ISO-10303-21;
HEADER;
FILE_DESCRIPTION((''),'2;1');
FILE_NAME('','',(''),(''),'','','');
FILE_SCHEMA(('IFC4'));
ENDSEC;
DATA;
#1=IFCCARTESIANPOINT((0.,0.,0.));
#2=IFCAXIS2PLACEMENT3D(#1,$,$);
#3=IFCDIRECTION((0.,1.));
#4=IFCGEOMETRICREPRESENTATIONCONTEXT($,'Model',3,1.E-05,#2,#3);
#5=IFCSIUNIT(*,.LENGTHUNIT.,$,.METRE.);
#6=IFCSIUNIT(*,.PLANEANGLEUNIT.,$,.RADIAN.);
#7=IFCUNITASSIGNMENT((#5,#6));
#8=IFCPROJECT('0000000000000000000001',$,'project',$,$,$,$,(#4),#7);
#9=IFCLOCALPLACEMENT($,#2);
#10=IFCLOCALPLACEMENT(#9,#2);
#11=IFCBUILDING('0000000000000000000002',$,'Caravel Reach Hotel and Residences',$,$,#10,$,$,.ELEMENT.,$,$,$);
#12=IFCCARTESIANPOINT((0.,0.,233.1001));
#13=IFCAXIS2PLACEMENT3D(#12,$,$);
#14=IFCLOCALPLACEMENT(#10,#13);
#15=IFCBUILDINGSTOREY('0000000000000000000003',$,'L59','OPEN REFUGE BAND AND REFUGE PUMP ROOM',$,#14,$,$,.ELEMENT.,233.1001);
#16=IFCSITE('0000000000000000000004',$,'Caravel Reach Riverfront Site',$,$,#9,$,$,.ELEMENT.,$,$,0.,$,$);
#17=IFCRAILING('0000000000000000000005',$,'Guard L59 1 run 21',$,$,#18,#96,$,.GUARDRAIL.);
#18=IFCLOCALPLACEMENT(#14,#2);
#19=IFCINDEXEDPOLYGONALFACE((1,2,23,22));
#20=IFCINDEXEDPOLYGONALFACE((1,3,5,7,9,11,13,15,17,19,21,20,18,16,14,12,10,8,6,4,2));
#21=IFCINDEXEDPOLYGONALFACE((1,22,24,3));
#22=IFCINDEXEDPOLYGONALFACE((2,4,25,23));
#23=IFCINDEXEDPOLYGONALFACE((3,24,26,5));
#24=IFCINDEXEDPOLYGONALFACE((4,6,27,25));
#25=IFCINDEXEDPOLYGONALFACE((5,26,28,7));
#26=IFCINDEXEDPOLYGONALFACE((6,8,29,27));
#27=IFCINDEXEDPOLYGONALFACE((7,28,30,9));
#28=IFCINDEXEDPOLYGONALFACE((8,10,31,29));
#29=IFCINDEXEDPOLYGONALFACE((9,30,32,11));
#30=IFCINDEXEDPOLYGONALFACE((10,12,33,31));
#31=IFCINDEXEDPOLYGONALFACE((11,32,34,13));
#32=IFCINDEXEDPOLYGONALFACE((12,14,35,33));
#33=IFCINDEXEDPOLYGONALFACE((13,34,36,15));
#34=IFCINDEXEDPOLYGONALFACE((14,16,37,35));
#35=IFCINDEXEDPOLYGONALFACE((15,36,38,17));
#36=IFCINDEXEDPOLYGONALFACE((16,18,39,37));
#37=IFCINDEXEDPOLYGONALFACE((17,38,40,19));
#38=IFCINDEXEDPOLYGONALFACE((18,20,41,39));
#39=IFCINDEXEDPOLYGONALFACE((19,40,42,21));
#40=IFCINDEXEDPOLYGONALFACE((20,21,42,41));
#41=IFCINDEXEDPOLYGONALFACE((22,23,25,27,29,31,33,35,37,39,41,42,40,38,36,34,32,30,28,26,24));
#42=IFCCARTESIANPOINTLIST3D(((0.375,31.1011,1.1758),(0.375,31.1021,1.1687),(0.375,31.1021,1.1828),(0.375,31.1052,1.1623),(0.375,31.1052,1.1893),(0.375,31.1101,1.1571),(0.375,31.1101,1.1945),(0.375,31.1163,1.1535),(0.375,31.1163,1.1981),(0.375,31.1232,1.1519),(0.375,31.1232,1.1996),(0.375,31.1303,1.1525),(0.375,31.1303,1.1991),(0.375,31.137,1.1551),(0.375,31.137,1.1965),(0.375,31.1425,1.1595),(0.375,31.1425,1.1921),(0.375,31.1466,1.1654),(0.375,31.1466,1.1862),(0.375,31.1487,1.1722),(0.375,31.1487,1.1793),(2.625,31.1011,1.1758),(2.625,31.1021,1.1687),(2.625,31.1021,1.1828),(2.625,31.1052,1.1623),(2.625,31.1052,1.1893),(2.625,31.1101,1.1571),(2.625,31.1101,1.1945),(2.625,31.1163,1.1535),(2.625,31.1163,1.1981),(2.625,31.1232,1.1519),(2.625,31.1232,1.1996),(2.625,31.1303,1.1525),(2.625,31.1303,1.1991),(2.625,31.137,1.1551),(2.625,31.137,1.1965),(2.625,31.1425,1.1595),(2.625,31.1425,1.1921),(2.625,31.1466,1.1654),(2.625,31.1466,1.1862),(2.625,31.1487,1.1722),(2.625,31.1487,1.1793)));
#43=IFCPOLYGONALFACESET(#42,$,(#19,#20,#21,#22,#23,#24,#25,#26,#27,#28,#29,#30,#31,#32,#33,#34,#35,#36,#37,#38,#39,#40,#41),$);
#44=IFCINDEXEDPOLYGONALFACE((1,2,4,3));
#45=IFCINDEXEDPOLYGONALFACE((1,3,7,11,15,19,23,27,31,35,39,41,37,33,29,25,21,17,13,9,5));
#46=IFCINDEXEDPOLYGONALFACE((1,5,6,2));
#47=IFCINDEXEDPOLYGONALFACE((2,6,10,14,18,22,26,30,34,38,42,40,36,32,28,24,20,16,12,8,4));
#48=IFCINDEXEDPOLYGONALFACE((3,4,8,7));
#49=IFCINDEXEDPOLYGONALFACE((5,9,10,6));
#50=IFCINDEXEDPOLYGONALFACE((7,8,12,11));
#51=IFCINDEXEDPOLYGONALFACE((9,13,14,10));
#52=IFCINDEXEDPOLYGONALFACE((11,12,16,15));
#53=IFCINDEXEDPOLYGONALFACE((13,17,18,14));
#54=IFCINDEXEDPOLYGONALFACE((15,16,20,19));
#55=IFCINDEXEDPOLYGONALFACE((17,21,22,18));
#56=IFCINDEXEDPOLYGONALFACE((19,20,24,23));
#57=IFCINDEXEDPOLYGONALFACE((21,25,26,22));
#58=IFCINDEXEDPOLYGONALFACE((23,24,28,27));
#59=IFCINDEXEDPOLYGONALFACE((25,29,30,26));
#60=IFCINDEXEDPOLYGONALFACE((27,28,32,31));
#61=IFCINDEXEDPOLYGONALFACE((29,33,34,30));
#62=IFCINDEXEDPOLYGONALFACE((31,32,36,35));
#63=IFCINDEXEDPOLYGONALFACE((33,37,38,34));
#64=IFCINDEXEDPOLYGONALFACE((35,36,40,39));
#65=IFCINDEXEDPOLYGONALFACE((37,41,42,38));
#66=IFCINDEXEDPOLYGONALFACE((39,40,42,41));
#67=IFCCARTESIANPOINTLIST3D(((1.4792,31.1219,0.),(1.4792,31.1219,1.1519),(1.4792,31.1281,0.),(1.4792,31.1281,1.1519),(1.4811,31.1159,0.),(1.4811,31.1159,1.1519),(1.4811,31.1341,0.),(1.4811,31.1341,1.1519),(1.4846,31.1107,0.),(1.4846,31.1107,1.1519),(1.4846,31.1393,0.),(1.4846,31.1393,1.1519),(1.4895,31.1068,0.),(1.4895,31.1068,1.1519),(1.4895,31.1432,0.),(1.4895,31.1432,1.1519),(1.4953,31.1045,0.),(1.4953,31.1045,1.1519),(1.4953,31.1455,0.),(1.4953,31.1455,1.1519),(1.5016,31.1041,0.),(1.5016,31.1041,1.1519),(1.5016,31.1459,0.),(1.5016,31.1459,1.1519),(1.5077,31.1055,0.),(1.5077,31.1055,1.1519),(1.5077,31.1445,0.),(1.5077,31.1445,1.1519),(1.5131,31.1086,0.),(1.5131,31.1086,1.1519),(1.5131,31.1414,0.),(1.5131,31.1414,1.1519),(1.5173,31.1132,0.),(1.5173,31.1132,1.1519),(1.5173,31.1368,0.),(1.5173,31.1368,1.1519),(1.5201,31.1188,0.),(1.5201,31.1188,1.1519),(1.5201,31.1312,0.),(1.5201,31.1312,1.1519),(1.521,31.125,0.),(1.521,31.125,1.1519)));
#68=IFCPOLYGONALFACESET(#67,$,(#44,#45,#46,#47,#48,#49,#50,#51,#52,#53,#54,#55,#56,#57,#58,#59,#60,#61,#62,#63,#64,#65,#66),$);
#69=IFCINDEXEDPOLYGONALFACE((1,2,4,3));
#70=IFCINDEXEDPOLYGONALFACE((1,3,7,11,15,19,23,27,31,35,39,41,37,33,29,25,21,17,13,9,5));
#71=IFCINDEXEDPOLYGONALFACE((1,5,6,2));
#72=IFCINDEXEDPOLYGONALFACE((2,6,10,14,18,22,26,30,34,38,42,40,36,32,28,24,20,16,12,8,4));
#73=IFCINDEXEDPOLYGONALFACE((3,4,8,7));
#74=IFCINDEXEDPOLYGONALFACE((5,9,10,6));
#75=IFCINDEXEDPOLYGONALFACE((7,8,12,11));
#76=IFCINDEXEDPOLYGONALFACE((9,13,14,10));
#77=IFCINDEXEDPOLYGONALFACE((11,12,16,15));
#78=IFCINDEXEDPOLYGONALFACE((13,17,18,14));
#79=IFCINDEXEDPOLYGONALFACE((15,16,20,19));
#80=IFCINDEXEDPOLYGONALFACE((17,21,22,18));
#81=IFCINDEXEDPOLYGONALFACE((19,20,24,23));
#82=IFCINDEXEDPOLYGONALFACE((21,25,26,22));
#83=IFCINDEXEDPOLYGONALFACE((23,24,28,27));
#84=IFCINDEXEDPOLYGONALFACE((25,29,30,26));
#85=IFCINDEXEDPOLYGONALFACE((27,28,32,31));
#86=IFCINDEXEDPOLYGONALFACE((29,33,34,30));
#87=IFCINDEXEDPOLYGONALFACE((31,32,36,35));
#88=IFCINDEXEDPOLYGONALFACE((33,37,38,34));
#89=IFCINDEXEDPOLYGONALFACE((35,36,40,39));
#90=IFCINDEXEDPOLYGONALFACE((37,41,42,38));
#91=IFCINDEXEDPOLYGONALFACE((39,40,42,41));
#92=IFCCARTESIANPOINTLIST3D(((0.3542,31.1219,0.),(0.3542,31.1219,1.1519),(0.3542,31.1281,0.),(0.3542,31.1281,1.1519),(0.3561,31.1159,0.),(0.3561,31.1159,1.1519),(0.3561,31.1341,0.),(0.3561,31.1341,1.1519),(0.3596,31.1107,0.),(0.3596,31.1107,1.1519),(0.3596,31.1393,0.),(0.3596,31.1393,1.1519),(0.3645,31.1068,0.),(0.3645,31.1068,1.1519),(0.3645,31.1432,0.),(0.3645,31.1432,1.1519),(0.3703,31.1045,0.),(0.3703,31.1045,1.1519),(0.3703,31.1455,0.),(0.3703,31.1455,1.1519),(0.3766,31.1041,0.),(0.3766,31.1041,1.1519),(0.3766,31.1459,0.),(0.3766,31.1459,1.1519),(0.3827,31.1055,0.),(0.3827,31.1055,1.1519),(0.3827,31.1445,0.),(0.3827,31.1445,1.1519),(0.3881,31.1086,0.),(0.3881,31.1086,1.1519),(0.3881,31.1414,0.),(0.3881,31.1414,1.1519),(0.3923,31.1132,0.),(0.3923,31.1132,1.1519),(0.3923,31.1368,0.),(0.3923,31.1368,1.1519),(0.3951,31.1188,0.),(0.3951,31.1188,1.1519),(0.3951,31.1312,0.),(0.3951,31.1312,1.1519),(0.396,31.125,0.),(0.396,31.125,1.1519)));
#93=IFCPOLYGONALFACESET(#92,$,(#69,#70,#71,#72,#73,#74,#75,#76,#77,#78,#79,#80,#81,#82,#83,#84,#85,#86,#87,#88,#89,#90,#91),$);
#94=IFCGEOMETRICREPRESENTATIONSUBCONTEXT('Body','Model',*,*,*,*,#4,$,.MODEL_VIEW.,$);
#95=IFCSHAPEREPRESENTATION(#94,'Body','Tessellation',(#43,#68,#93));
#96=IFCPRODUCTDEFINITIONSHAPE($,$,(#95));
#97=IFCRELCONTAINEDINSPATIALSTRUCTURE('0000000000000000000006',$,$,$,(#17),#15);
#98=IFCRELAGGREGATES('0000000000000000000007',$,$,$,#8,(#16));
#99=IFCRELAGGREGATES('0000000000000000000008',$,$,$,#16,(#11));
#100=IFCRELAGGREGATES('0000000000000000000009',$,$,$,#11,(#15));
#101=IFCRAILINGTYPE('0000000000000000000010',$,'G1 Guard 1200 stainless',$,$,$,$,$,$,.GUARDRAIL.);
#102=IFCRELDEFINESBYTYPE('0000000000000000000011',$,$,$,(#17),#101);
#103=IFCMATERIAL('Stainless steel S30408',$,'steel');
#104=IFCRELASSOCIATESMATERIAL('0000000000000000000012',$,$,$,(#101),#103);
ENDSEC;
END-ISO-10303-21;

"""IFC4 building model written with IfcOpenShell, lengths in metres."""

from ifc_helpers import new_model, si_unit, direction, frame, origin, origin_2d, place, context, subcontext, project, spatial, circle, extrude, material, type_object, element, save


model = new_model("IFC4")

# Units and contexts
model_context = context("Model", 3, precision=1e-05, world=origin(), true_north=direction((0.0, 1.0)))
body_context = subcontext(model_context, "Body", "Model", "MODEL_VIEW")
ifc_project = project(units=[si_unit("LENGTHUNIT", "METRE"), si_unit("PLANEANGLEUNIT", "RADIAN")], contexts=[model_context])

# Site, building, storey
site_placement = place(None, origin())
site = spatial("IfcSite", under=ifc_project, at=site_placement, Name="Caravel Reach Riverfront Site", CompositionType="ELEMENT", RefElevation=0.0)
building_placement = place(site_placement, origin())
building = spatial("IfcBuilding", under=site, at=building_placement, Name="Caravel Reach Hotel and Residences", CompositionType="ELEMENT")
storey_placement = place(building_placement, frame((0.0, 0.0, 233.1001)))
storey = spatial("IfcBuildingStorey", under=building, at=storey_placement, Name="L59", Description="OPEN REFUGE BAND AND REFUGE PUMP ROOM", CompositionType="ELEMENT", Elevation=233.1001)

# Railing
ifc_material_1 = material(Name="Stainless steel S30408", Category="steel")
railing_type = type_object("IfcRailingType", Name="G1 Guard 1200 stainless", PredefinedType="GUARDRAIL", material=ifc_material_1)
railing_1_placement = place(storey_placement, frame((2.625, 31.125, 0.0)))
element("IfcRailing", 1, at=railing_1_placement, inside=storey, type_object=railing_type, Name="Guard L59 1 run 21", PredefinedType="GUARDRAIL", context=body_context, shape_type="SweptSolid", body=[
    extrude(circle(Radius=0.0239, at=origin_2d()), frame((0.0, 0.0, 1.1758), z_axis=(-1.0, 0.0, 0.0), x_axis=(0.0, -1.0, 0.0)), (0.0, 0.0, 1.0), 2.25),
    extrude(circle(Radius=0.021, at=origin_2d()), frame((-1.125, 0.0, 0.0)), (0.0, 0.0, 1.0), 1.1519),
    extrude(circle(Radius=0.021, at=origin_2d()), frame((-2.25, 0.0, 0.0)), (0.0, 0.0, 1.0), 1.1519),
])

save(model, "model.ifc")
